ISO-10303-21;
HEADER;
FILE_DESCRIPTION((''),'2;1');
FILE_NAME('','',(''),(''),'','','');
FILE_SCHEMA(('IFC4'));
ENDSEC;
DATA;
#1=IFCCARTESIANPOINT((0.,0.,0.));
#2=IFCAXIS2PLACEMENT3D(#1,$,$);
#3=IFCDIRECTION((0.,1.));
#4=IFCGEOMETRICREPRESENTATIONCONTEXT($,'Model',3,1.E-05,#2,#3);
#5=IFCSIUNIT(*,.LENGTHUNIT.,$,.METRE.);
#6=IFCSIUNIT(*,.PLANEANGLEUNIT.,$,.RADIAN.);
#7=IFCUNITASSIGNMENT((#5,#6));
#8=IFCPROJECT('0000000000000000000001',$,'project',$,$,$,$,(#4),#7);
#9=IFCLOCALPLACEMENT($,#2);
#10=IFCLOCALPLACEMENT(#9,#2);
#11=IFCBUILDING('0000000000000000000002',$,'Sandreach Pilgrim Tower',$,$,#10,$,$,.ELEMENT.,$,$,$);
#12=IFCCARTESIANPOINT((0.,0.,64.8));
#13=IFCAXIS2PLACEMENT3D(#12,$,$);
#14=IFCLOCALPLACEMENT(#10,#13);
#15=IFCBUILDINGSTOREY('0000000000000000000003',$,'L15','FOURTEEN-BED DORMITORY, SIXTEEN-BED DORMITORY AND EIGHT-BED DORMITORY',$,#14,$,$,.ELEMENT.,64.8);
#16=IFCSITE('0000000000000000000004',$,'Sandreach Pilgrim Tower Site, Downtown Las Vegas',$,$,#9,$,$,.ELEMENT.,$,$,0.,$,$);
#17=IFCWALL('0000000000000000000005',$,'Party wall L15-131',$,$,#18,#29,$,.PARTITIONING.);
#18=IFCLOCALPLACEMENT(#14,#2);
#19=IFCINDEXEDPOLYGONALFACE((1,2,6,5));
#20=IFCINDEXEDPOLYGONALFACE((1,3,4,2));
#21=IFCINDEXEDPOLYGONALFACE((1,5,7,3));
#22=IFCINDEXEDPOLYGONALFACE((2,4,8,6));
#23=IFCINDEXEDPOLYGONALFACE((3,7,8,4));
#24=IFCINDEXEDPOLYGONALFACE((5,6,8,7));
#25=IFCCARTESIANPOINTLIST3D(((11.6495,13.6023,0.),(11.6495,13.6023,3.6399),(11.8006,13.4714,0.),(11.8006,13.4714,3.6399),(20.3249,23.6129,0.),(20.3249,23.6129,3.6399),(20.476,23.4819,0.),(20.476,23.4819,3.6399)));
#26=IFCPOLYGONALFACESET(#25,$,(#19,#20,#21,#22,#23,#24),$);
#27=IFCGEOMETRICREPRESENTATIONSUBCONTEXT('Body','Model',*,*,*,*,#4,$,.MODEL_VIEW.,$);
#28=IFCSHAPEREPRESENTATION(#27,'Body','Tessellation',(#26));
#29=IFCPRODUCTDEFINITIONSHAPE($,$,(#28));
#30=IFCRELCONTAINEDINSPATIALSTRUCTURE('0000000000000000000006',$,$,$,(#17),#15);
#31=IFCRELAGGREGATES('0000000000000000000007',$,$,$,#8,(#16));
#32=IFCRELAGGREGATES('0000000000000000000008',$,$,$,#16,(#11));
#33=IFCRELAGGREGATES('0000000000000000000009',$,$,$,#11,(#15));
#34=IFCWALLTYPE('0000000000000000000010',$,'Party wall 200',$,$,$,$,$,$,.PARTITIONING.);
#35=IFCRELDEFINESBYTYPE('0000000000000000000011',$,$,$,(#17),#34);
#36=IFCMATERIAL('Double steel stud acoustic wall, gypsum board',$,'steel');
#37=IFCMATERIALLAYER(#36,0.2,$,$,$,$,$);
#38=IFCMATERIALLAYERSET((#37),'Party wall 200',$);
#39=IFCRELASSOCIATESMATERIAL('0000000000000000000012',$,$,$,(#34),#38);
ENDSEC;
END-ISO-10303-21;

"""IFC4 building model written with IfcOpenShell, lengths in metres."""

from ifc_helpers import new_model, si_unit, direction, frame, frame_2d, origin, place, context, subcontext, project, spatial, rectangle, extrude, material, layer, layer_set, type_object, element, save


model = new_model("IFC4")

# Units and contexts
model_context = context("Model", 3, precision=1e-05, world=origin(), true_north=direction((0.0, 1.0)))
body_context = subcontext(model_context, "Body", "Model", "MODEL_VIEW")
ifc_project = project(units=[si_unit("LENGTHUNIT", "METRE"), si_unit("PLANEANGLEUNIT", "RADIAN")], contexts=[model_context])

# Site, building, storey
site_placement = place(None, origin())
site = spatial("IfcSite", under=ifc_project, at=site_placement, Name="Sandreach Pilgrim Tower Site, Downtown Las Vegas", CompositionType="ELEMENT", RefElevation=0.0)
building_placement = place(site_placement, origin())
building = spatial("IfcBuilding", under=site, at=building_placement, Name="Sandreach Pilgrim Tower", CompositionType="ELEMENT")
storey_placement = place(building_placement, frame((0.0, 0.0, 64.8)))
storey = spatial("IfcBuildingStorey", under=building, at=storey_placement, Name="L15", Description="FOURTEEN-BED DORMITORY, SIXTEEN-BED DORMITORY AND EIGHT-BED DORMITORY", CompositionType="ELEMENT", Elevation=64.8)

# Wall
ifc_material_1 = material(Name="Double steel stud acoustic wall, gypsum board", Category="steel")
ifc_layer_1 = layer(ifc_material_1, 0.2)
ifc_layer_set_1 = layer_set([ifc_layer_1], Name="Party wall 200")
wall_type_1 = type_object("IfcWallType", Name="Party wall 200", PredefinedType="PARTITIONING", material=ifc_layer_set_1)
wall_1_placement = place(storey_placement, frame((11.7251, 13.5369, 0.0), z_axis=(0.0, 0.0, 1.0), x_axis=(0.65491, 0.755707, 0.0)))
element("IfcWall", 1, at=wall_1_placement, inside=storey, type_object=wall_type_1, Name="Party wall L15-131", PredefinedType="PARTITIONING", context=body_context, shape_type="SweptSolid", body=[
    extrude(rectangle(XDim=13.2466, YDim=0.2, at=frame_2d((6.6233, 0.0))), origin(), (0.0, 0.0, 1.0), 3.6399),
])

save(model, "model.ifc")
